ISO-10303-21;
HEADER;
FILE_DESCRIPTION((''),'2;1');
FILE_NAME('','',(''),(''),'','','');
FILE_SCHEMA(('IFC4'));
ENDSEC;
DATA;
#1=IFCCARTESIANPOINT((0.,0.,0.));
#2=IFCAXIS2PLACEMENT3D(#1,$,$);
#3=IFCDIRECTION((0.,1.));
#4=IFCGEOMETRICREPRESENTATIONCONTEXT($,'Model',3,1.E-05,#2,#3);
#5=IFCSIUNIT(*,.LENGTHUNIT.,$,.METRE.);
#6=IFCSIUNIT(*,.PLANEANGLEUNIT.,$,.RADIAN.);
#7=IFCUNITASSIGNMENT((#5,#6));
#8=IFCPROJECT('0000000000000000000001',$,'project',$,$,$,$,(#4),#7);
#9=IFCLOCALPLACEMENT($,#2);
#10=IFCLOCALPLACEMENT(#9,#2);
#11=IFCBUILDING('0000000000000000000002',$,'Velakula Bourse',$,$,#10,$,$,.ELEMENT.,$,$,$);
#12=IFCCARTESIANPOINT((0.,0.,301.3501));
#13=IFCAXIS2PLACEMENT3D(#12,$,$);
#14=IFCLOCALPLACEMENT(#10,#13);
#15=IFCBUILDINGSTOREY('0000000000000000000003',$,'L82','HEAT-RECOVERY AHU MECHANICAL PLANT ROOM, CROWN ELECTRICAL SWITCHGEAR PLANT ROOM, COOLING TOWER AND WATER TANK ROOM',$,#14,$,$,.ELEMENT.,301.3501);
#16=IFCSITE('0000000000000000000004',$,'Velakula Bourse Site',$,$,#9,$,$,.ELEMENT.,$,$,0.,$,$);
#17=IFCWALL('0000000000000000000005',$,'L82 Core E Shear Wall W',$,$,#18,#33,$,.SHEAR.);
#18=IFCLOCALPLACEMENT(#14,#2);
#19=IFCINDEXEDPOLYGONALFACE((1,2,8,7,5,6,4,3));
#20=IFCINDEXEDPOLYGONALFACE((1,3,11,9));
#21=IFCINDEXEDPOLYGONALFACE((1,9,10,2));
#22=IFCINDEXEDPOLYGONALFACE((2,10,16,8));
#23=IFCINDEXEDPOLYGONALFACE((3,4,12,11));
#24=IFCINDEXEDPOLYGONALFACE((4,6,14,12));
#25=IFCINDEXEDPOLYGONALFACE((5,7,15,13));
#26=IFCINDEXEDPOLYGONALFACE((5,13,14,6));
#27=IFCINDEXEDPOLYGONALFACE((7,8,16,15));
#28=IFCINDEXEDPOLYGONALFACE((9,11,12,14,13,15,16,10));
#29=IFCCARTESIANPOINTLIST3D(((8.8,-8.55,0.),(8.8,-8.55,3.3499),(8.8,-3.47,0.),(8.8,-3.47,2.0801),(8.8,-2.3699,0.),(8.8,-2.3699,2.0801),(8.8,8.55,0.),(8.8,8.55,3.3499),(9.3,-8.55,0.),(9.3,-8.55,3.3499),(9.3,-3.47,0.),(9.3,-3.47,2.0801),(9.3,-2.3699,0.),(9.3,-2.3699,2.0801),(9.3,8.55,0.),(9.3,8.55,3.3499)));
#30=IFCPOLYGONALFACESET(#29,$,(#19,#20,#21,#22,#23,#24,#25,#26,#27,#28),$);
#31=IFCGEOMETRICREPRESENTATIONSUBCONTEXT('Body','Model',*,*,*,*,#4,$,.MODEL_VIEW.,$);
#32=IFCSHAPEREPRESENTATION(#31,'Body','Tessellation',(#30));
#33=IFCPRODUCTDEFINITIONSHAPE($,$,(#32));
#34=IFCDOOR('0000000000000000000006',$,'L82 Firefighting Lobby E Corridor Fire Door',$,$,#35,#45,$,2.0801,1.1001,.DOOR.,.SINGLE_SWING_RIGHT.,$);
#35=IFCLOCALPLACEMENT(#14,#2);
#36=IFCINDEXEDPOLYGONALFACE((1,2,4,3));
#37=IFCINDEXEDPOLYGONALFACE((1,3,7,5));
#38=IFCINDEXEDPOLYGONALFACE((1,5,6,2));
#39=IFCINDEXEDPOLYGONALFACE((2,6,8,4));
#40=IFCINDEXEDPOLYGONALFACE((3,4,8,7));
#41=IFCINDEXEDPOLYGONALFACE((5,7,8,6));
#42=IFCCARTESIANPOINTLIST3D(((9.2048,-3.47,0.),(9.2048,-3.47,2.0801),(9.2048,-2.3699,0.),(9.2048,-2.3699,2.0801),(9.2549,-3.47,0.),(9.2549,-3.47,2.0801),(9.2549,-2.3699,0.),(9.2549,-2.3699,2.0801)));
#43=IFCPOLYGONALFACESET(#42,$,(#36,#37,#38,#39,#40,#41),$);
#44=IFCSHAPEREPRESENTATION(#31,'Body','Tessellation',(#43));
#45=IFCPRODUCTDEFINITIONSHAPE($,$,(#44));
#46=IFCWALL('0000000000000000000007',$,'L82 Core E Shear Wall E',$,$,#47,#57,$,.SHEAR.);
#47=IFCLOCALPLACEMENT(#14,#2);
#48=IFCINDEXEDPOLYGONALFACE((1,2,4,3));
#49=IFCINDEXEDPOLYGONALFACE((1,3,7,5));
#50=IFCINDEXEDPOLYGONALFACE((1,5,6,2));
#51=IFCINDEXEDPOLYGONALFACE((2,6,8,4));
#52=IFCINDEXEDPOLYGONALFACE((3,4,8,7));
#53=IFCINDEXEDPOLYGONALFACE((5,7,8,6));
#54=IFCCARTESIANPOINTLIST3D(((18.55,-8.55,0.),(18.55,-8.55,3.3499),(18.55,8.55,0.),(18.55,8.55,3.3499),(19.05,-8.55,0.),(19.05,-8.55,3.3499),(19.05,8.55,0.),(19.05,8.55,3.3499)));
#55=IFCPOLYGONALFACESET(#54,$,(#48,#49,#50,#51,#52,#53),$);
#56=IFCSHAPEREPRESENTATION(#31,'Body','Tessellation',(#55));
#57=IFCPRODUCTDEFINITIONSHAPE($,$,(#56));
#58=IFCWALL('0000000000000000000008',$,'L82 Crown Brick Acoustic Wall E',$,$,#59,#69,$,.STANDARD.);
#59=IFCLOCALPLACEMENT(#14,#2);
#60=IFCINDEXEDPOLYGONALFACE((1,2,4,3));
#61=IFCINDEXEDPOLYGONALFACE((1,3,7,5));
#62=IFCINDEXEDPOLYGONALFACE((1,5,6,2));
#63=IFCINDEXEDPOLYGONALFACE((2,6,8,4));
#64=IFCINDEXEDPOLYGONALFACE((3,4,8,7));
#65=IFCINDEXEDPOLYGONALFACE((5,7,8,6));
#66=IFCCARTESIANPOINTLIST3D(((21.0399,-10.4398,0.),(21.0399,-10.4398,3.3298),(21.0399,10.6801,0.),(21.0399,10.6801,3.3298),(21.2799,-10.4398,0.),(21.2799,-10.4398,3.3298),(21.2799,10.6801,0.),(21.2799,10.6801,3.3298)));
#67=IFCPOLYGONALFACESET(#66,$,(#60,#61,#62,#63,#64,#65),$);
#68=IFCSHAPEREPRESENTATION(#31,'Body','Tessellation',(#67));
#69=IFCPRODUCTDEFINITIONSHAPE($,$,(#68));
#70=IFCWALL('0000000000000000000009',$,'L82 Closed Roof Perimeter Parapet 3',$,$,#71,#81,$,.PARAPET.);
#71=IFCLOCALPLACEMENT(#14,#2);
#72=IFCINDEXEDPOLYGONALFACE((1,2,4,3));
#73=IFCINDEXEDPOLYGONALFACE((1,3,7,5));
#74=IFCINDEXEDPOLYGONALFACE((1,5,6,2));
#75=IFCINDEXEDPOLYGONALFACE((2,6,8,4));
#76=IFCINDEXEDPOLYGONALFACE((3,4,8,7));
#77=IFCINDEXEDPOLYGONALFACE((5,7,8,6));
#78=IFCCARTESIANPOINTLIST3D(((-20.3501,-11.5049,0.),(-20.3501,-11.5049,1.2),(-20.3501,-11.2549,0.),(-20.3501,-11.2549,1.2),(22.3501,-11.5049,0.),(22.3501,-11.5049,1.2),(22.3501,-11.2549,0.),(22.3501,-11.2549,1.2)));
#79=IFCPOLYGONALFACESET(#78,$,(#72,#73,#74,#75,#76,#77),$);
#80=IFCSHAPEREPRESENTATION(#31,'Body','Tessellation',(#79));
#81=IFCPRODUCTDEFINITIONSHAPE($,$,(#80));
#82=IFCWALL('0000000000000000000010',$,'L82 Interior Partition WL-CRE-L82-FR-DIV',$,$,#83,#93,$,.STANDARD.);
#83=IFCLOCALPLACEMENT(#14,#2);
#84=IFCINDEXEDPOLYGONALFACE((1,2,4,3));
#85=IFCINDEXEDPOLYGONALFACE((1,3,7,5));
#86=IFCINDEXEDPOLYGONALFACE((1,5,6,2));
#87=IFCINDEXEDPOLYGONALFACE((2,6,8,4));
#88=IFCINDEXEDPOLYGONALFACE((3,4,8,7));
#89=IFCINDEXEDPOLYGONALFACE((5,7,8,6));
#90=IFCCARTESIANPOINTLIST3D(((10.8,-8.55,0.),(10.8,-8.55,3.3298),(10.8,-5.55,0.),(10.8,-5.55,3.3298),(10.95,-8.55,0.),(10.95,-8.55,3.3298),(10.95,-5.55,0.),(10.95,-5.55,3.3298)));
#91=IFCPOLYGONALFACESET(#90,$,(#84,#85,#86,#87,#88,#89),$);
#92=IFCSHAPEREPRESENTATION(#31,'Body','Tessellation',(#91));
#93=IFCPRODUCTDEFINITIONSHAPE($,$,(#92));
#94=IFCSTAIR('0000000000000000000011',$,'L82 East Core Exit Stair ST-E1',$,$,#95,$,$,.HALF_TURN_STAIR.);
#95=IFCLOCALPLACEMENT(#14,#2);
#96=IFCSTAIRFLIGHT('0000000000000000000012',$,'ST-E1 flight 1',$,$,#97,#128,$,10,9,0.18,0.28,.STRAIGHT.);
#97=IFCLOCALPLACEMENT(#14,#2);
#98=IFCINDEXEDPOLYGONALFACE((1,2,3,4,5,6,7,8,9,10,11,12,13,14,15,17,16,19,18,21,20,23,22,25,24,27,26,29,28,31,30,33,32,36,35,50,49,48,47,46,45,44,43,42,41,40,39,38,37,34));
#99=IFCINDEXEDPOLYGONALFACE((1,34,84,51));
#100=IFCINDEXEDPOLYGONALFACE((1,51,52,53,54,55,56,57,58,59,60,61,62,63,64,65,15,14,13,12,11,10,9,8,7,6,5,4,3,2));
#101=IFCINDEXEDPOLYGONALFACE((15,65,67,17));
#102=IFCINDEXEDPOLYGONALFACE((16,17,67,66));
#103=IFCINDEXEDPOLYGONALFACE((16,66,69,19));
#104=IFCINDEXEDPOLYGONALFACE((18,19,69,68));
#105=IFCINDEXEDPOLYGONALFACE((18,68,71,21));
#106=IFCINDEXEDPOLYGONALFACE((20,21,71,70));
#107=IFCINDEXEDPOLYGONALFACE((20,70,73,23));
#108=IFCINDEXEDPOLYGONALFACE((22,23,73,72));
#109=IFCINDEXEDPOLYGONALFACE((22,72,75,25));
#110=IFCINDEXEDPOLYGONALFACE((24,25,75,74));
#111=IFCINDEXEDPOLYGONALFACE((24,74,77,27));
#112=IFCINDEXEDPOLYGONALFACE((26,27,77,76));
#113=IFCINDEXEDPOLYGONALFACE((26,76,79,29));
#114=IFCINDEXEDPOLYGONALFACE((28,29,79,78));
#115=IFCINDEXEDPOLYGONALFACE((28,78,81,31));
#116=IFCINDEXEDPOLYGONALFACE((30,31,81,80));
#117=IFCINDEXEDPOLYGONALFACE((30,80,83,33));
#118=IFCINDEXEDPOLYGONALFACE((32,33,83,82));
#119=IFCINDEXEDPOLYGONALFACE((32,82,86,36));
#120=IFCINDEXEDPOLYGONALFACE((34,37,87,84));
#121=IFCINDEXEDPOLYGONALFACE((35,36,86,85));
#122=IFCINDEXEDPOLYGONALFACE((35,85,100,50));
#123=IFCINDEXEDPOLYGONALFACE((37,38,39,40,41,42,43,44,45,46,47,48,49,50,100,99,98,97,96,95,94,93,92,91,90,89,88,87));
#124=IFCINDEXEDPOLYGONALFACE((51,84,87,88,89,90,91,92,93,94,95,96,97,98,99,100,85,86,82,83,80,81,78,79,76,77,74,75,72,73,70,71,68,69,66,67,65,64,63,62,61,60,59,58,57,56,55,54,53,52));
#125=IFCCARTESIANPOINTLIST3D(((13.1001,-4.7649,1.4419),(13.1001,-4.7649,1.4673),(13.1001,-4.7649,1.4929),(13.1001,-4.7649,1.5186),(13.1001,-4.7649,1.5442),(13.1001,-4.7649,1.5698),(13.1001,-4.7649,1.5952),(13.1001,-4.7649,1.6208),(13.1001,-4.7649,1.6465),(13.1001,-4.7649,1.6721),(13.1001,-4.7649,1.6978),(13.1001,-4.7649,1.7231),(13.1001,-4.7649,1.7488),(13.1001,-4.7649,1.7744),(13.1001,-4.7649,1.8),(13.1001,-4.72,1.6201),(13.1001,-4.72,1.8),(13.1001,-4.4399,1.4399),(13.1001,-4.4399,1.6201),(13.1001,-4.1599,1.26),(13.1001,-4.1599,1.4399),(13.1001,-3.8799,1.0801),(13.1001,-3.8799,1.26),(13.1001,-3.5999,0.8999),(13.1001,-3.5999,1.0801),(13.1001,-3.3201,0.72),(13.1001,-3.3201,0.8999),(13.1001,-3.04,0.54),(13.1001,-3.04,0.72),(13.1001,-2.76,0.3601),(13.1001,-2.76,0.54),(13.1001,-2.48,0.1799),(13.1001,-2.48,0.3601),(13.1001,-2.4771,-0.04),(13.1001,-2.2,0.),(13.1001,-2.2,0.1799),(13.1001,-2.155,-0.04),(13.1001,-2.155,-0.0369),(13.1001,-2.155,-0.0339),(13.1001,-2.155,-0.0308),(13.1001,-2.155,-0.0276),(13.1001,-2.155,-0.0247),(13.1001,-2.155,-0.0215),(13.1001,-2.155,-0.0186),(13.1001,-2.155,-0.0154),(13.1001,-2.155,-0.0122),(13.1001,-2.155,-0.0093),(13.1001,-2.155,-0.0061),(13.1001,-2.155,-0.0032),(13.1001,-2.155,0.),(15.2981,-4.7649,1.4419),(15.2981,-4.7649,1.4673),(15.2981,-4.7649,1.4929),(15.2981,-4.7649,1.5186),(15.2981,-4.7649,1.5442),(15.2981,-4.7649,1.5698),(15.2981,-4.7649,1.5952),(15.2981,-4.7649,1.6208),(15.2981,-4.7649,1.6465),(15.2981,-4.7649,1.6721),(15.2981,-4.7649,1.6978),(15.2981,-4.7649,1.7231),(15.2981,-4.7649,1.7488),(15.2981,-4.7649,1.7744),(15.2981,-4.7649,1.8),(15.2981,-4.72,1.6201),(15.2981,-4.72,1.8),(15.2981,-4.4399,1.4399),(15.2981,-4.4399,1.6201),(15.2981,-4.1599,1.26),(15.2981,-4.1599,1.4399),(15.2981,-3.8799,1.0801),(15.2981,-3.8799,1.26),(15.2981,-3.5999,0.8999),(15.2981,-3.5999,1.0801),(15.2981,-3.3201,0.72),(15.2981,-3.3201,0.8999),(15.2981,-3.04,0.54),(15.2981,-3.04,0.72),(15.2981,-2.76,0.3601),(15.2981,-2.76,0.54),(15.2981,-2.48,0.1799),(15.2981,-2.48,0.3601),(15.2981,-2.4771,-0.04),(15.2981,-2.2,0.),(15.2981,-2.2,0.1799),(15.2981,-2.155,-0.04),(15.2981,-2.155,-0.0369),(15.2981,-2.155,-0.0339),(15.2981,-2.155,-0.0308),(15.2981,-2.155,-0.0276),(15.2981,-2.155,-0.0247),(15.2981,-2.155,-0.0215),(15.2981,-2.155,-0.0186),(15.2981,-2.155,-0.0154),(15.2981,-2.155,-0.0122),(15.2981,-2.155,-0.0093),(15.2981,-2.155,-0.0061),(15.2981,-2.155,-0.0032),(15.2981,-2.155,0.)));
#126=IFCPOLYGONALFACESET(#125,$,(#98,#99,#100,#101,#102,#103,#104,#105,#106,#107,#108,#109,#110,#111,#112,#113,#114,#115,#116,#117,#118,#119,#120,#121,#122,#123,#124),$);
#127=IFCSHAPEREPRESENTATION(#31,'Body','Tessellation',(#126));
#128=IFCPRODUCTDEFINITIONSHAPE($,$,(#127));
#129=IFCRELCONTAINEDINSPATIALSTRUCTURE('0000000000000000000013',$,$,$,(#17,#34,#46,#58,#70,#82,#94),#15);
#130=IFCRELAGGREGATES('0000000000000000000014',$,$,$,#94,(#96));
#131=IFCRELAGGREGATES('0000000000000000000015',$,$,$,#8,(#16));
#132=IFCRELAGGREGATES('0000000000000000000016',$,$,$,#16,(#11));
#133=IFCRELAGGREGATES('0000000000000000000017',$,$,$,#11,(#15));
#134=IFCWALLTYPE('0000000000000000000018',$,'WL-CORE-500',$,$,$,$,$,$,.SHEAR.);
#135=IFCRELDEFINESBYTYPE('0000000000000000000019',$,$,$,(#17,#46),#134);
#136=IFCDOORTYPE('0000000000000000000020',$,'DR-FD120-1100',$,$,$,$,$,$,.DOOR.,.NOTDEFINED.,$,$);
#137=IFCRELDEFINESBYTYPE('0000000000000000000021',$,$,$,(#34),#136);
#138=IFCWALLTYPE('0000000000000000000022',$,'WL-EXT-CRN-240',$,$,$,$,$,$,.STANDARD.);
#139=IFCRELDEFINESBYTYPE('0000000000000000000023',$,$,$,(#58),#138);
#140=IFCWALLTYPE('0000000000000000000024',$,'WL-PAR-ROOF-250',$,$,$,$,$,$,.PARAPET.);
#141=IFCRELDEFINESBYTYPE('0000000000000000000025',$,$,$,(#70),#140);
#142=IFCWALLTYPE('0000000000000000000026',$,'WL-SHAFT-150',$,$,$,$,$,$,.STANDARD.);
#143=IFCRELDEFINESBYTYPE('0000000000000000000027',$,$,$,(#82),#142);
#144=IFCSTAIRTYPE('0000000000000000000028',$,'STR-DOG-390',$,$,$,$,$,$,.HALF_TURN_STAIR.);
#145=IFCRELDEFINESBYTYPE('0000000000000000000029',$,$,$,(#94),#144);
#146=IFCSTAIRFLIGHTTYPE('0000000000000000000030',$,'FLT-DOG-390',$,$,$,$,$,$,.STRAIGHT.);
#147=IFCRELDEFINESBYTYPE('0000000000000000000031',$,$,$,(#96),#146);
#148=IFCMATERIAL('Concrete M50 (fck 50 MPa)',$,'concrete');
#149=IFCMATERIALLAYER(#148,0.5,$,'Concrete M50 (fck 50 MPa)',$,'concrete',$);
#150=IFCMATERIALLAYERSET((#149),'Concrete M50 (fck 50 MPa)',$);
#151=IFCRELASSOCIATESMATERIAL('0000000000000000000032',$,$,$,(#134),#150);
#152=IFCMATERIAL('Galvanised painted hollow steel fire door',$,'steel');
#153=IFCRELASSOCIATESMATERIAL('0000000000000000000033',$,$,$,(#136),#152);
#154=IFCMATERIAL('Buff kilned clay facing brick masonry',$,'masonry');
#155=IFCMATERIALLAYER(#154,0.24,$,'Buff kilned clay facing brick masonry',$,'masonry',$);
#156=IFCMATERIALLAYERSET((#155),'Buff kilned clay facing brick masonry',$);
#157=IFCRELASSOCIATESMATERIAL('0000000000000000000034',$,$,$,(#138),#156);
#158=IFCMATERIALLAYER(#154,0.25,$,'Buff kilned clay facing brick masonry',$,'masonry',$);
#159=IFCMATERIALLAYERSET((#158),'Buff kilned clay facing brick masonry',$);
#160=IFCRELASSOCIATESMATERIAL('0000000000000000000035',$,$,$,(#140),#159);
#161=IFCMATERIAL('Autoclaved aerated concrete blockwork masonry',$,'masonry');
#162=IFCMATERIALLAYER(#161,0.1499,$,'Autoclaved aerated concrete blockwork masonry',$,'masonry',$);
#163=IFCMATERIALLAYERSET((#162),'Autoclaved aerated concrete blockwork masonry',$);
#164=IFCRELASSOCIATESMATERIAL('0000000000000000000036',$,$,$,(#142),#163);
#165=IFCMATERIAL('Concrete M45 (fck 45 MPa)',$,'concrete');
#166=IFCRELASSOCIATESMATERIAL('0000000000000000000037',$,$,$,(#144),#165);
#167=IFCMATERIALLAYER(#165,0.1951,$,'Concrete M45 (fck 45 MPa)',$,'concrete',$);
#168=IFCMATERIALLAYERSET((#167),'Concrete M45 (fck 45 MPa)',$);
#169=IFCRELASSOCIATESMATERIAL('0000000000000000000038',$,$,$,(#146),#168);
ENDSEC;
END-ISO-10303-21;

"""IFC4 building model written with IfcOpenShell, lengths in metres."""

from ifc_helpers import new_model, si_unit, direction, frame, frame_2d, origin, place, context, subcontext, project, spatial, polyline, rectangle, outline, extrude, material, layer, layer_set, type_object, element, fill, aggregate, save


model = new_model("IFC4")

# Units and contexts
model_context = context("Model", 3, precision=1e-05, world=origin(), true_north=direction((0.0, 1.0)))
body_context = subcontext(model_context, "Body", "Model", "MODEL_VIEW")
ifc_project = project(units=[si_unit("LENGTHUNIT", "METRE"), si_unit("PLANEANGLEUNIT", "RADIAN")], contexts=[model_context])

# Site, building, storey
site_placement = place(None, origin())
site = spatial("IfcSite", under=ifc_project, at=site_placement, Name="Velakula Bourse Site", CompositionType="ELEMENT", RefElevation=0.0)
building_placement = place(site_placement, origin())
building = spatial("IfcBuilding", under=site, at=building_placement, Name="Velakula Bourse", CompositionType="ELEMENT")
storey_placement = place(building_placement, frame((0.0, 0.0, 301.3501)))
storey = spatial("IfcBuildingStorey", under=building, at=storey_placement, Name="L82", Description="HEAT-RECOVERY AHU MECHANICAL PLANT ROOM, CROWN ELECTRICAL SWITCHGEAR PLANT ROOM, COOLING TOWER AND WATER TANK ROOM", CompositionType="ELEMENT", Elevation=301.3501)

# Shared definitions
ifc_material_1 = material(Name="Concrete M50 (fck 50 MPa)", Category="concrete")

# Shared definitions
ifc_material_2 = material(Name="Galvanised painted hollow steel fire door", Category="steel")

# Shared definitions
ifc_layer_1 = layer(ifc_material_1, 0.5, Name="Concrete M50 (fck 50 MPa)", Category="concrete")
ifc_layer_set_1 = layer_set([ifc_layer_1], Name="Concrete M50 (fck 50 MPa)")
wall_type_1 = type_object("IfcWallType", Name="WL-CORE-500", PredefinedType="SHEAR", material=ifc_layer_set_1)

# Wall, opening, door
wall_1_placement = place(storey_placement, frame((9.05, -8.55, 0.0), z_axis=(0.0, 0.0, 1.0), x_axis=(0.0, 1.0, 0.0)))
wall_1 = element("IfcWall", 1, at=wall_1_placement, inside=storey, type_object=wall_type_1, Name="L82 Core E Shear Wall W", PredefinedType="SHEAR", context=body_context, shape_type="SweptSolid", body=[
    extrude(rectangle(XDim=17.1001, YDim=0.5, at=frame_2d((8.55, 0.0))), origin(), (0.0, 0.0, 1.0), 3.3499),
])
opening_1_placement = place(wall_1_placement, frame((5.0801, 0.0, 0.0)))
opening_1 = element("IfcOpeningElement", 2, at=opening_1_placement, cuts=wall_1, PredefinedType="OPENING", context=body_context, shape_type="SweptSolid", body=[
    extrude(rectangle(XDim=1.1001, YDim=2.0801, at=frame_2d((0.55, 1.04))), frame((0.0, 0.26, 0.0), z_axis=(0.0, -1.0, 0.0), x_axis=(1.0, 0.0, 0.0)), (0.0, 0.0, 1.0), 0.52),
])
door_type_1 = type_object("IfcDoorType", Name="DR-FD120-1100", OperationType="NOTDEFINED", PredefinedType="DOOR", material=ifc_material_2)
door_1_placement = place(opening_1_placement, origin())
door_1 = element("IfcDoor", 3, at=door_1_placement, inside=storey, type_object=door_type_1, Name="L82 Firefighting Lobby E Corridor Fire Door", OperationType="SINGLE_SWING_RIGHT", OverallHeight=2.0801, OverallWidth=1.1001, PredefinedType="DOOR", context=body_context, shape_type="SweptSolid", body=[
    extrude(rectangle(XDim=1.1001, YDim=2.0801, at=frame_2d((0.55, 1.04))), frame((0.0, -0.1548, 0.0), z_axis=(0.0, -1.0, 0.0), x_axis=(1.0, 0.0, 0.0)), (0.0, 0.0, 1.0), 0.05),
])
fill(opening_1, door_1)

# Walls
wall_2_placement = place(storey_placement, frame((18.8, -8.55, 0.0), z_axis=(0.0, 0.0, 1.0), x_axis=(0.0, 1.0, 0.0)))
element("IfcWall", 4, at=wall_2_placement, inside=storey, type_object=wall_type_1, Name="L82 Core E Shear Wall E", PredefinedType="SHEAR", context=body_context, shape_type="SweptSolid", body=[
    extrude(rectangle(XDim=17.1001, YDim=0.5, at=frame_2d((8.55, 0.0))), origin(), (0.0, 0.0, 1.0), 3.3499),
])
ifc_material_3 = material(Name="Buff kilned clay facing brick masonry", Category="masonry")
ifc_layer_2 = layer(ifc_material_3, 0.24, Name="Buff kilned clay facing brick masonry", Category="masonry")
ifc_layer_set_2 = layer_set([ifc_layer_2], Name="Buff kilned clay facing brick masonry")
wall_type_2 = type_object("IfcWallType", Name="WL-EXT-CRN-240", PredefinedType="STANDARD", material=ifc_layer_set_2)
wall_3_placement = place(storey_placement, frame((21.1599, -10.4399, 0.0), z_axis=(0.0, 0.0, 1.0), x_axis=(0.0, 1.0, 0.0)))
element("IfcWall", 5, at=wall_3_placement, inside=storey, type_object=wall_type_2, Name="L82 Crown Brick Acoustic Wall E", PredefinedType="STANDARD", context=body_context, shape_type="SweptSolid", body=[
    extrude(rectangle(XDim=21.1199, YDim=0.24, at=frame_2d((10.5601, 0.0))), origin(), (0.0, 0.0, 1.0), 3.3298),
])
ifc_layer_3 = layer(ifc_material_3, 0.25, Name="Buff kilned clay facing brick masonry", Category="masonry")
ifc_layer_set_3 = layer_set([ifc_layer_3], Name="Buff kilned clay facing brick masonry")
wall_type_3 = type_object("IfcWallType", Name="WL-PAR-ROOF-250", PredefinedType="PARAPET", material=ifc_layer_set_3)
wall_4_placement = place(storey_placement, frame((22.3501, -11.3799, 0.0), z_axis=(0.0, 0.0, 1.0), x_axis=(-1.0, 0.0, 0.0)))
element("IfcWall", 6, at=wall_4_placement, inside=storey, type_object=wall_type_3, Name="L82 Closed Roof Perimeter Parapet 3", PredefinedType="PARAPET", context=body_context, shape_type="SweptSolid", body=[
    extrude(rectangle(XDim=42.7002, YDim=0.25, at=frame_2d((21.3501, 0.0))), origin(), (0.0, 0.0, 1.0), 1.2),
])

# Shared definitions
ifc_material_4 = material(Name="Autoclaved aerated concrete blockwork masonry", Category="masonry")
ifc_layer_4 = layer(ifc_material_4, 0.1499, Name="Autoclaved aerated concrete blockwork masonry", Category="masonry")
ifc_layer_set_4 = layer_set([ifc_layer_4], Name="Autoclaved aerated concrete blockwork masonry")
wall_type_4 = type_object("IfcWallType", Name="WL-SHAFT-150", PredefinedType="STANDARD", material=ifc_layer_set_4)

# Wall
wall_5_placement = place(storey_placement, frame((10.875, -8.55, 0.0), z_axis=(0.0, 0.0, 1.0), x_axis=(0.0, 1.0, 0.0)))
element("IfcWall", 7, at=wall_5_placement, inside=storey, type_object=wall_type_4, Name="L82 Interior Partition WL-CRE-L82-FR-DIV", PredefinedType="STANDARD", context=body_context, shape_type="SweptSolid", body=[
    extrude(rectangle(XDim=3.0, YDim=0.1499, at=frame_2d((1.5, 0.0))), origin(), (0.0, 0.0, 1.0), 3.3298),
])

# Stair, stair flight
ifc_material_5 = material(Name="Concrete M45 (fck 45 MPa)", Category="concrete")
stair_type = type_object("IfcStairType", Name="STR-DOG-390", PredefinedType="HALF_TURN_STAIR", material=ifc_material_5)
stair_placement = place(storey_placement, origin())
stair = element("IfcStair", 8, at=stair_placement, inside=storey, type_object=stair_type, Name="L82 East Core Exit Stair ST-E1", PredefinedType="HALF_TURN_STAIR")
ifc_layer_5 = layer(ifc_material_5, 0.1951, Name="Concrete M45 (fck 45 MPa)", Category="concrete")
ifc_layer_set_5 = layer_set([ifc_layer_5], Name="Concrete M45 (fck 45 MPa)")
stair_flight_type = type_object("IfcStairFlightType", Name="FLT-DOG-390", PredefinedType="STRAIGHT", material=ifc_layer_set_5)
stair_flight_1_placement = place(storey_placement, frame((14.199, -2.2, 0.0), z_axis=(0.0, 0.0, 1.0), x_axis=(0.0, -1.0, 0.0)))
stair_flight_1 = element("IfcStairFlight", 9, at=stair_flight_1_placement, type_object=stair_flight_type, Name="ST-E1 flight 1", NumberOfRisers=10, NumberOfTreads=9, PredefinedType="STRAIGHT", RiserHeight=0.18, TreadLength=0.28, context=body_context, shape_type="SweptSolid", body=[
    extrude(outline(polyline([(-0.0449, -0.04), (-0.0449, -0.0369), (-0.0449, -0.0339), (-0.0449, -0.0308), (-0.0449, -0.0276), (-0.0449, -0.0247), (-0.0449, -0.0215), (-0.0449, -0.0186), (-0.0449, -0.0154), (-0.0449, -0.0122), (-0.0449, -0.0093), (-0.0449, -0.0061), (-0.0449, -0.0032), (-0.0449, 0.0), (0.0, 0.0), (0.0, 0.1799), (0.28, 0.1799), (0.28, 0.3601), (0.5601, 0.3601), (0.5601, 0.54), (0.8401, 0.54), (0.8401, 0.72), (1.1201, 0.72), (1.1201, 0.8999), (1.3999, 0.8999), (1.3999, 1.0801), (1.6799, 1.0801), (1.6799, 1.26), (1.96, 1.26), (1.96, 1.4399), (2.24, 1.4399), (2.24, 1.6201), (2.52, 1.6201), (2.52, 1.8), (2.5649, 1.8), (2.5649, 1.7744), (2.5649, 1.7488), (2.5649, 1.7231), (2.5649, 1.6978), (2.5649, 1.6721), (2.5649, 1.6465), (2.5649, 1.6208), (2.5649, 1.5952), (2.5649, 1.5698), (2.5649, 1.5442), (2.5649, 1.5186), (2.5649, 1.4929), (2.5649, 1.4673), (2.5649, 1.4419), (0.2771, -0.04), (-0.0449, -0.04)])), frame((0.0, 1.0991, 0.0), z_axis=(0.0, -1.0, 0.0), x_axis=(1.0, 0.0, 0.0)), (0.0, 0.0, 1.0), 2.198),
])
aggregate(stair, [stair_flight_1])

save(model, "model.ifc")
